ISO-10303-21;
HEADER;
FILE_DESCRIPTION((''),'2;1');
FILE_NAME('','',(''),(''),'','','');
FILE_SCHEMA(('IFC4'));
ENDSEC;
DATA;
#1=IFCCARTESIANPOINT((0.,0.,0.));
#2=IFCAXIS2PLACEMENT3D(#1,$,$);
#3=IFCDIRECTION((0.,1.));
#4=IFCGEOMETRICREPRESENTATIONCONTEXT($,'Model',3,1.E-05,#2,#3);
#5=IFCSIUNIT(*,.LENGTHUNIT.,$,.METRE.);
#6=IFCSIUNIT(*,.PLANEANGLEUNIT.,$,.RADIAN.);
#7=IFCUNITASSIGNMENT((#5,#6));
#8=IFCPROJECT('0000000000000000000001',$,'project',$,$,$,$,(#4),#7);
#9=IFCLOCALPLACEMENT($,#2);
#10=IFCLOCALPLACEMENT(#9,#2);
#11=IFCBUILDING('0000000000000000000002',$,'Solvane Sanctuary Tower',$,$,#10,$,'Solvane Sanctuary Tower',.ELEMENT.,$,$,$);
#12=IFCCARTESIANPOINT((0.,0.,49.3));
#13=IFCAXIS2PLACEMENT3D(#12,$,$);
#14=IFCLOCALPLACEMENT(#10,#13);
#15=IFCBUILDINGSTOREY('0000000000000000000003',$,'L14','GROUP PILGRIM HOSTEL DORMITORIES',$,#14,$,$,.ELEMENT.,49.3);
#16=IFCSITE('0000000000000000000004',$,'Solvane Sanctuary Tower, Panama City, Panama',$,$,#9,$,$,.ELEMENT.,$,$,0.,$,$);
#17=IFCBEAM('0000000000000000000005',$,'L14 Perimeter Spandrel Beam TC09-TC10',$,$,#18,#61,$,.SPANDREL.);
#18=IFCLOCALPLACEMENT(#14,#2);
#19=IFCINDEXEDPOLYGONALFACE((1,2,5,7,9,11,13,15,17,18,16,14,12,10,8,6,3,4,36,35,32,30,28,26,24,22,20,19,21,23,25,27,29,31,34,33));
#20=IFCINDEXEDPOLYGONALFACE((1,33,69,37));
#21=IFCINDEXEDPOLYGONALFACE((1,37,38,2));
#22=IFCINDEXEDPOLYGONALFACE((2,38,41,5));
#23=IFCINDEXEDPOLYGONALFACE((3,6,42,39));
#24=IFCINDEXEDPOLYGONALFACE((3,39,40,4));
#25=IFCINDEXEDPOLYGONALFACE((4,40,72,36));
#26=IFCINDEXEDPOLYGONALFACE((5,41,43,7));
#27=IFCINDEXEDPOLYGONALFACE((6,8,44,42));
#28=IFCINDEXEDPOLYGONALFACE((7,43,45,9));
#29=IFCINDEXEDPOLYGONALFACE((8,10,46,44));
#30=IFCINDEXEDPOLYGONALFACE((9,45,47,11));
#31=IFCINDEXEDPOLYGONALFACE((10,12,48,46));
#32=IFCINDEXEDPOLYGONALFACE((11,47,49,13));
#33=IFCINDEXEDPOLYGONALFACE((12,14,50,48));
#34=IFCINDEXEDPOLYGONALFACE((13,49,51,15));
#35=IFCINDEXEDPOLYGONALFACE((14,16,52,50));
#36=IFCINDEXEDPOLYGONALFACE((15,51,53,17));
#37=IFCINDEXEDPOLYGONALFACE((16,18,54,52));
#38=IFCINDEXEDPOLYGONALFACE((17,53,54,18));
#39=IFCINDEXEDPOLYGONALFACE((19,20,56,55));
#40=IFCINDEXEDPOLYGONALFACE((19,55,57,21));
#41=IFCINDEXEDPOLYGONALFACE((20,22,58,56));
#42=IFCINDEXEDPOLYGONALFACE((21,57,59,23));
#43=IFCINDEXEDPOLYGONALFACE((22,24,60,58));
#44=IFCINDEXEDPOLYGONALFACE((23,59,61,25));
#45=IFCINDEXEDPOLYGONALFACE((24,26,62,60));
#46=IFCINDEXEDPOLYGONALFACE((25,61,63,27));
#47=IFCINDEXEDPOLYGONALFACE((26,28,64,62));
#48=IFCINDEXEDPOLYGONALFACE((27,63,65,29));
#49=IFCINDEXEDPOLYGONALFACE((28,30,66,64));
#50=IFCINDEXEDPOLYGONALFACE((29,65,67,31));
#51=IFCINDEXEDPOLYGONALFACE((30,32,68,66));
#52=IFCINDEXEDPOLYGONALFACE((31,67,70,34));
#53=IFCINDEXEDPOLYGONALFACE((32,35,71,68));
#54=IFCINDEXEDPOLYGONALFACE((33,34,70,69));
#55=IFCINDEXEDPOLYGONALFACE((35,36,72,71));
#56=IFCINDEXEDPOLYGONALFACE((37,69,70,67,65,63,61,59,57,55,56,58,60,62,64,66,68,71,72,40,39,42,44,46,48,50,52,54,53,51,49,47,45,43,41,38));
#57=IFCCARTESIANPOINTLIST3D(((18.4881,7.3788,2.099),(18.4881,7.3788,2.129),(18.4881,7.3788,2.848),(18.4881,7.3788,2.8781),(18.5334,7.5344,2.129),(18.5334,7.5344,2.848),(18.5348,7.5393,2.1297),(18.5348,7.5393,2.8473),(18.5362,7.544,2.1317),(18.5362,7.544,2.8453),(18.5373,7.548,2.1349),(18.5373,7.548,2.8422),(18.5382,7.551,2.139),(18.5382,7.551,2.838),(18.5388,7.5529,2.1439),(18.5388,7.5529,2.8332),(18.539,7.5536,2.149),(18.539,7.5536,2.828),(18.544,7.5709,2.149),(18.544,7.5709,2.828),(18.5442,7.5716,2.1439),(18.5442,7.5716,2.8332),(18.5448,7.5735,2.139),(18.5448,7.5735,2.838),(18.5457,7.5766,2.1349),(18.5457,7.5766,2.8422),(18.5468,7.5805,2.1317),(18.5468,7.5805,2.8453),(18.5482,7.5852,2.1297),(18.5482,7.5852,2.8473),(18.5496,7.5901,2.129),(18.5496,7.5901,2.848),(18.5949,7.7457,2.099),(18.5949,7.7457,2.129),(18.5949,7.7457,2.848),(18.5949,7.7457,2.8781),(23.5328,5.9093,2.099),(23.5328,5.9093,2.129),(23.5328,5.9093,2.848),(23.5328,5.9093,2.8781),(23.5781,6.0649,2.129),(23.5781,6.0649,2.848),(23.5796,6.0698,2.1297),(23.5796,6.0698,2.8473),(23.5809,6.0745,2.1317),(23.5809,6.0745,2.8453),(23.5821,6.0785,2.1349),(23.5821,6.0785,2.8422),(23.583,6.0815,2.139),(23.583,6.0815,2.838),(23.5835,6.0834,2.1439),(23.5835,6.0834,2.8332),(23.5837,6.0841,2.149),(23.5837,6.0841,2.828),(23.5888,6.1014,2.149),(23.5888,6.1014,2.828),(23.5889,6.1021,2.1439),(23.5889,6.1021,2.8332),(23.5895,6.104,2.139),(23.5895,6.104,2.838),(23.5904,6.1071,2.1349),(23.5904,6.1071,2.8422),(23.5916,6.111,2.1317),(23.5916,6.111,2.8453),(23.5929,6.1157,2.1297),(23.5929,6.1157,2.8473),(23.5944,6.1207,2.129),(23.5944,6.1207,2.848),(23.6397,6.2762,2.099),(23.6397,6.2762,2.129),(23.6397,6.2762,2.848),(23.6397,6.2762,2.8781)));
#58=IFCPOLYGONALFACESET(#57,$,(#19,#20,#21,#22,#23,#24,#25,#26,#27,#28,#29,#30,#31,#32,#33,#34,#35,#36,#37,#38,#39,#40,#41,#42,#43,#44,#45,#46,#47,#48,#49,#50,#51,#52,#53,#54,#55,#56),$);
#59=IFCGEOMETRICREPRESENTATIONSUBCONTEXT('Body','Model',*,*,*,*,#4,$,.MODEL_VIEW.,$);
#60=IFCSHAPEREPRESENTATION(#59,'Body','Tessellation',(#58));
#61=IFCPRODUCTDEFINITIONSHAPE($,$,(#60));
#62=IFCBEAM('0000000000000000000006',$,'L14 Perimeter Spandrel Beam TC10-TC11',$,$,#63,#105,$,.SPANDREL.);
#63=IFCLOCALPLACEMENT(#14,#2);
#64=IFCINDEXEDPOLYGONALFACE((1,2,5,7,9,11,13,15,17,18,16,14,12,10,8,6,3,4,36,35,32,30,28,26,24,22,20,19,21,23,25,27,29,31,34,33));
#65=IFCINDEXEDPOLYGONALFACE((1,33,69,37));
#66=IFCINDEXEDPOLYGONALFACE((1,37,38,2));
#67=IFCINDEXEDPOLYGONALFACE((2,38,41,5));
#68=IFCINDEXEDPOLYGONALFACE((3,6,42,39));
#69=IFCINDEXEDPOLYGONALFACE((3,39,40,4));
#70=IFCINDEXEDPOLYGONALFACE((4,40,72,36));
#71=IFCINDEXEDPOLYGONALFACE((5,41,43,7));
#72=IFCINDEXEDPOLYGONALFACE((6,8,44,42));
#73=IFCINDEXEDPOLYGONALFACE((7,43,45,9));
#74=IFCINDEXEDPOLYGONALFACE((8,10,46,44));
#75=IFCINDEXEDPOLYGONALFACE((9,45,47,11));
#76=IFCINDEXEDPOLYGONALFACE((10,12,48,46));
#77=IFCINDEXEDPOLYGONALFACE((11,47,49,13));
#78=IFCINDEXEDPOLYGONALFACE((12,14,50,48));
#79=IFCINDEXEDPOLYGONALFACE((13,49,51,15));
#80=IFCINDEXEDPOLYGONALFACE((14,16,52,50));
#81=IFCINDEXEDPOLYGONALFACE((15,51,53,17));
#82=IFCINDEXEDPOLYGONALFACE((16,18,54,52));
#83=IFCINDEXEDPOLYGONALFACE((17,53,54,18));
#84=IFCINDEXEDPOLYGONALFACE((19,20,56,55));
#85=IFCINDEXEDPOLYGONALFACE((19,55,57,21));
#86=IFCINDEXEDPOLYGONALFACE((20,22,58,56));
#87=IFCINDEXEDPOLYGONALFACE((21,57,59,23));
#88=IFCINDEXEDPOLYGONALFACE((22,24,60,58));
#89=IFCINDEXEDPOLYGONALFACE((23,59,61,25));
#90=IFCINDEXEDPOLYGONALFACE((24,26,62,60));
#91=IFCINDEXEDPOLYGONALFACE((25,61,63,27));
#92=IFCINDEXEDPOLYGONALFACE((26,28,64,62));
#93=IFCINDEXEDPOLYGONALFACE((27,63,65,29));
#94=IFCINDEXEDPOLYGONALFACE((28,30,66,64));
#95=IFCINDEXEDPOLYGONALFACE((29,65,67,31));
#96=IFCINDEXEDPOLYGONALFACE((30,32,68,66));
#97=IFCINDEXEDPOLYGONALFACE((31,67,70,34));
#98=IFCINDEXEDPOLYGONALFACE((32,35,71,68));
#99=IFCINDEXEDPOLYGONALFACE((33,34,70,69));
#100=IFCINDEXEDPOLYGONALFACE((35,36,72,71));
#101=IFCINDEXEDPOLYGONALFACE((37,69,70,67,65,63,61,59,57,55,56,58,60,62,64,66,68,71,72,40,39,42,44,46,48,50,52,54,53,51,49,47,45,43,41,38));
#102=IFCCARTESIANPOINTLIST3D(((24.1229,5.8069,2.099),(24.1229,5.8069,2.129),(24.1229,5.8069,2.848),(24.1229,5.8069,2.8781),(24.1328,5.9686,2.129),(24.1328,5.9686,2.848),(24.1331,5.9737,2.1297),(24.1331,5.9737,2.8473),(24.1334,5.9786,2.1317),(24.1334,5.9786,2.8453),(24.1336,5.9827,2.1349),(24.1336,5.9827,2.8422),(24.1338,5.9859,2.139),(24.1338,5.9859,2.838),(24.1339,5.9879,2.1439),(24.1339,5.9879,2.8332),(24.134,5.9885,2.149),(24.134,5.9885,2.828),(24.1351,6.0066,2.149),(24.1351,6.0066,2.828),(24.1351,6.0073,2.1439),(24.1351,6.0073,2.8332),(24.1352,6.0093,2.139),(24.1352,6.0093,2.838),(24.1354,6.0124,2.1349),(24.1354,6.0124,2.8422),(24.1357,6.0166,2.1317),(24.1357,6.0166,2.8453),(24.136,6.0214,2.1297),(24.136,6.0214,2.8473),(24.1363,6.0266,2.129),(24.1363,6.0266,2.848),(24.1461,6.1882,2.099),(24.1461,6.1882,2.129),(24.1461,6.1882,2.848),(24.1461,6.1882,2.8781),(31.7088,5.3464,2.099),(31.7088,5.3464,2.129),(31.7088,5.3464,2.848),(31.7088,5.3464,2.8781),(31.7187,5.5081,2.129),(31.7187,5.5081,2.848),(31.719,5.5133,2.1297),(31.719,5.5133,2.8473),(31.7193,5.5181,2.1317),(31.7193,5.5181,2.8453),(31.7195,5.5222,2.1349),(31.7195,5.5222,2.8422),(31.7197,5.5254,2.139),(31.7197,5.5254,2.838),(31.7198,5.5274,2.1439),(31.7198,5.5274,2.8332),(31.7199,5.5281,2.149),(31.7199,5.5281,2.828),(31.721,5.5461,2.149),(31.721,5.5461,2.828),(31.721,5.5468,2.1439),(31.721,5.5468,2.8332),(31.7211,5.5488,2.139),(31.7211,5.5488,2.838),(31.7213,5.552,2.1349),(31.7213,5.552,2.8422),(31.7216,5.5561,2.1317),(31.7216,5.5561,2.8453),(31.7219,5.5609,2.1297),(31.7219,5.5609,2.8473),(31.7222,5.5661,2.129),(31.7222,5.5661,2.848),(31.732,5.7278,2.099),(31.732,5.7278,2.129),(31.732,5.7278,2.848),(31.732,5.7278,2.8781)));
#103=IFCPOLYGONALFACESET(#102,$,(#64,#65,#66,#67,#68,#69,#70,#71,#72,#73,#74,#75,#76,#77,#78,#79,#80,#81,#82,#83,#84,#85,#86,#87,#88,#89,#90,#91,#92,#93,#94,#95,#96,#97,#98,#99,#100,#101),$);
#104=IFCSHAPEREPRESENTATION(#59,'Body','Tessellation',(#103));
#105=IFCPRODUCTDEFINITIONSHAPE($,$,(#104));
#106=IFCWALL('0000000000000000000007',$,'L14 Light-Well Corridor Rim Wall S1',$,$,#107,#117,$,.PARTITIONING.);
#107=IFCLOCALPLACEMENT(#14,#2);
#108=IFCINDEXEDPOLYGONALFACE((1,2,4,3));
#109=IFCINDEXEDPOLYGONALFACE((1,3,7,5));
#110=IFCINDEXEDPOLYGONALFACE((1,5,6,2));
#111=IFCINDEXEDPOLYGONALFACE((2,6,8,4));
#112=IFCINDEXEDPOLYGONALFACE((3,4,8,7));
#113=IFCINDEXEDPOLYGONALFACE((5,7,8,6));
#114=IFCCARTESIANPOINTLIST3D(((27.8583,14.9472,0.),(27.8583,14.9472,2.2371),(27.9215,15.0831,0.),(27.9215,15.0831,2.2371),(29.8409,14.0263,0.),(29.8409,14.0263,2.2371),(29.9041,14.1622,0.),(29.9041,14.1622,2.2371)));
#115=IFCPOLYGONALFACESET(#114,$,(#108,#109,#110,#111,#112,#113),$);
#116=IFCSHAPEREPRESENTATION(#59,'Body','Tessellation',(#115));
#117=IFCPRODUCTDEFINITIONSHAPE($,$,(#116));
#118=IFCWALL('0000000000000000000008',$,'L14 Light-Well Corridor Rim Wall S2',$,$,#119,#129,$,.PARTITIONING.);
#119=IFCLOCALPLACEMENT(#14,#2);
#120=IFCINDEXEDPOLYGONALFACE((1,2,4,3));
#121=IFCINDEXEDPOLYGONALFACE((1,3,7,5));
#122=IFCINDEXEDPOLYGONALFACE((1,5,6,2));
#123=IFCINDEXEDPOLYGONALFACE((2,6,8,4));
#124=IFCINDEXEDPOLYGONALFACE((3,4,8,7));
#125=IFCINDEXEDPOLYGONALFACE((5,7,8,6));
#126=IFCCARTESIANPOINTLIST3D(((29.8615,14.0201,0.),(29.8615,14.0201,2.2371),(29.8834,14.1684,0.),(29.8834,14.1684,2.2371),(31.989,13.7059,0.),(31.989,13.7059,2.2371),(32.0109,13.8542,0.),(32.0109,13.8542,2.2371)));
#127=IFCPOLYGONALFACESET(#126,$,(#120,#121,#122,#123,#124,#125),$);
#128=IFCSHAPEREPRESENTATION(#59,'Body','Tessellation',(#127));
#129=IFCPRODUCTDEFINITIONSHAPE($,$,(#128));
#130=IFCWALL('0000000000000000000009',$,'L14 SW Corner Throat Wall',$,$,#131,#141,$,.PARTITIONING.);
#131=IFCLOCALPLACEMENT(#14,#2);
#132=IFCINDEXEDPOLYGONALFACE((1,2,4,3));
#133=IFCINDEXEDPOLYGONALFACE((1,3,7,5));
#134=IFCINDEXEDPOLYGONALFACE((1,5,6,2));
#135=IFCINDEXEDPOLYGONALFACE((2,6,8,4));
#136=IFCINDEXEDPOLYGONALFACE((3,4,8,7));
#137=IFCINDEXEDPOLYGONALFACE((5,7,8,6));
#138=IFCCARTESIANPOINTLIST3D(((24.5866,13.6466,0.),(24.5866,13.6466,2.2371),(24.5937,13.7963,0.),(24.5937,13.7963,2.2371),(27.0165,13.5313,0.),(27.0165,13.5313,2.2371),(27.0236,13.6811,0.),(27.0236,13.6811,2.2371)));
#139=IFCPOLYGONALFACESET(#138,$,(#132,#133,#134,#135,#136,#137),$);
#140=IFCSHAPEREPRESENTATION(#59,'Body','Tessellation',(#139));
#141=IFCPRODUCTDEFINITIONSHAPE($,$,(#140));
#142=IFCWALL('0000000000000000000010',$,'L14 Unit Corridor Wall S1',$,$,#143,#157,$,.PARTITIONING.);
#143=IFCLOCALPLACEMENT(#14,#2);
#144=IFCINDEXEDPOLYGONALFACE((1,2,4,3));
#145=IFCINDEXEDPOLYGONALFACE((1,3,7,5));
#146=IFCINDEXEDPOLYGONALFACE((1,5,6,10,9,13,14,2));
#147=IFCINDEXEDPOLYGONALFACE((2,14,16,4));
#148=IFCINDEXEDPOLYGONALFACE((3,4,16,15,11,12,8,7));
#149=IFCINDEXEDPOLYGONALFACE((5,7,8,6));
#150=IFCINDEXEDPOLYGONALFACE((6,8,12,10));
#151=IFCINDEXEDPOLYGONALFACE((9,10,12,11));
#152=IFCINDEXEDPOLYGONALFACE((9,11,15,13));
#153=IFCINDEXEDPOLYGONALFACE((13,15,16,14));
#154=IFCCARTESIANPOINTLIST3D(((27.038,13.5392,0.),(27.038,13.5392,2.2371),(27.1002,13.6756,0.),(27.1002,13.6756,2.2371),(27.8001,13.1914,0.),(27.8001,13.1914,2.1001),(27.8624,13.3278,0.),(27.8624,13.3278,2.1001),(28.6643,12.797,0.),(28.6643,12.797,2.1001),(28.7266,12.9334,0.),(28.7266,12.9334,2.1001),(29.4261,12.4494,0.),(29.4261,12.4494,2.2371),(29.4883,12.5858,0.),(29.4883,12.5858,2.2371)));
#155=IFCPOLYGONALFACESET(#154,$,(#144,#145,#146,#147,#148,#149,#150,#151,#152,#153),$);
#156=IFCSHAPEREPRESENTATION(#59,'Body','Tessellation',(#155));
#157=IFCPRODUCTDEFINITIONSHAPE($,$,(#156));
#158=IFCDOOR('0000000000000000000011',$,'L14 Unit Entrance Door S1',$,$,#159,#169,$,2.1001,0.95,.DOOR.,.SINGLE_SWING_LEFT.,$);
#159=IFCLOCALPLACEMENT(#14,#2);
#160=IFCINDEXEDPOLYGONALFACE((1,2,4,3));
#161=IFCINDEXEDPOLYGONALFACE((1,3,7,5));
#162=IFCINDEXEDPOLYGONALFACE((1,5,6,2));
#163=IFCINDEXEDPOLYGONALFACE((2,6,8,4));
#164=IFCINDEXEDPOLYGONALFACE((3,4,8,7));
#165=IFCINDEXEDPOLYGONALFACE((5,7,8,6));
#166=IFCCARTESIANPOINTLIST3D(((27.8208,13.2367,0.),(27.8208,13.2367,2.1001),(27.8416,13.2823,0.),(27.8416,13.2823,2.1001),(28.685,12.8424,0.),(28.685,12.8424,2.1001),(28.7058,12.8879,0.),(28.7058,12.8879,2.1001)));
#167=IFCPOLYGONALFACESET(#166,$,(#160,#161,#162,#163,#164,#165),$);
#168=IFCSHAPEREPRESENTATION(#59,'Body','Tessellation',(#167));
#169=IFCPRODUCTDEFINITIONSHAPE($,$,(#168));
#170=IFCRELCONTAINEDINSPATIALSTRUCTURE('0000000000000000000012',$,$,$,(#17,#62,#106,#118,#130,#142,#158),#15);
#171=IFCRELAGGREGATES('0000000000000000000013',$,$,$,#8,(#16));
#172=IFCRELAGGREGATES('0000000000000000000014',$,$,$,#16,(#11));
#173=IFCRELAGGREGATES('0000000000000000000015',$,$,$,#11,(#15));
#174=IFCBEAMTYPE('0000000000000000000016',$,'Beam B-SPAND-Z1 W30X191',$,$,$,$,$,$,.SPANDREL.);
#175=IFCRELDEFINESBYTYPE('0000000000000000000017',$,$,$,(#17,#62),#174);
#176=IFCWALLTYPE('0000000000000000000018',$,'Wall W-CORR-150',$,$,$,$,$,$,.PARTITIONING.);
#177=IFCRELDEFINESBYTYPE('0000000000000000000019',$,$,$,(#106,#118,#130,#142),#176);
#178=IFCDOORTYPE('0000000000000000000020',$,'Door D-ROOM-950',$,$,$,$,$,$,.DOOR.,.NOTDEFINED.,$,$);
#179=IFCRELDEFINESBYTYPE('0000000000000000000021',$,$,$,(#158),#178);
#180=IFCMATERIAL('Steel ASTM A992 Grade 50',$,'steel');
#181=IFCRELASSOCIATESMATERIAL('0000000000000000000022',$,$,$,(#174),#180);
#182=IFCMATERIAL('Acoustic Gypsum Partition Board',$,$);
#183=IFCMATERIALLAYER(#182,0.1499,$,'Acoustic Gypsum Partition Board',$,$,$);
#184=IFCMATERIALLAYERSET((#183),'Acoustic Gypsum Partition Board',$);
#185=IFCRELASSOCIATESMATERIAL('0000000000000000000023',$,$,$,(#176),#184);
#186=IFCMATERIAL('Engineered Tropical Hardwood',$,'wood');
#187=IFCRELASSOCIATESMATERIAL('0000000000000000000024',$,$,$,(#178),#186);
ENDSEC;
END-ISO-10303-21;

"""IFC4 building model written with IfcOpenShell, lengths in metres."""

from ifc_helpers import new_model, si_unit, direction, frame, frame_2d, origin, origin_2d, place, context, subcontext, project, spatial, rectangle, i_section, extrude, material, layer, layer_set, material_profile, profile_set, type_object, element, fill, save


model = new_model("IFC4")

# Units and contexts
model_context = context("Model", 3, precision=1e-05, world=origin(), true_north=direction((0.0, 1.0)))
body_context = subcontext(model_context, "Body", "Model", "MODEL_VIEW")
ifc_project = project(units=[si_unit("LENGTHUNIT", "METRE"), si_unit("PLANEANGLEUNIT", "RADIAN")], contexts=[model_context])

# Site, building, storey
site_placement = place(None, origin())
site = spatial("IfcSite", under=ifc_project, at=site_placement, Name="Solvane Sanctuary Tower, Panama City, Panama", CompositionType="ELEMENT", RefElevation=0.0)
building_placement = place(site_placement, origin())
building = spatial("IfcBuilding", under=site, at=building_placement, Name="Solvane Sanctuary Tower", LongName="Solvane Sanctuary Tower", CompositionType="ELEMENT")
storey_placement = place(building_placement, frame((0.0, 0.0, 49.3)))
storey = spatial("IfcBuildingStorey", under=building, at=storey_placement, Name="L14", Description="GROUP PILGRIM HOSTEL DORMITORIES", CompositionType="ELEMENT", Elevation=49.3)

# Beams
ifc_material_1 = material(Name="Steel ASTM A992 Grade 50", Category="steel")
ifc_material_profile_1 = material_profile(ifc_material_1, i_section(OverallWidth=0.3821, OverallDepth=0.7791, WebThickness=0.0181, FlangeThickness=0.03, FilletRadius=0.02, at=origin_2d()), Name="W30X191")
ifc_profile_set_1 = profile_set([ifc_material_profile_1], Name="Steel ASTM A992 Grade 50")
beam_type_1 = type_object("IfcBeamType", Name="Beam B-SPAND-Z1 W30X191", PredefinedType="SPANDREL", material=ifc_profile_set_1)
beam_1_placement = place(storey_placement, frame((18.5415, 7.5623, 2.4885), z_axis=(0.960096, -0.27967, 0.0), x_axis=(0.27967, 0.960096, 0.0)))
element("IfcBeam", 1, at=beam_1_placement, inside=storey, type_object=beam_type_1, Name="L14 Perimeter Spandrel Beam TC09-TC10", PredefinedType="SPANDREL", context=body_context, shape_type="SweptSolid", body=[
    extrude(i_section(OverallWidth=0.3821, OverallDepth=0.7791, WebThickness=0.0181, FlangeThickness=0.03, FilletRadius=0.02, at=origin_2d()), origin(), (0.0, 0.0, 1.0), 5.2544),
])
beam_2_placement = place(storey_placement, frame((24.1345, 5.9976, 2.4885), z_axis=(0.998163, -0.060586, 0.0), x_axis=(0.060586, 0.998163, 0.0)))
element("IfcBeam", 2, at=beam_2_placement, inside=storey, type_object=beam_type_1, Name="L14 Perimeter Spandrel Beam TC10-TC11", PredefinedType="SPANDREL", context=body_context, shape_type="SweptSolid", body=[
    extrude(i_section(OverallWidth=0.3821, OverallDepth=0.7791, WebThickness=0.0181, FlangeThickness=0.03, FilletRadius=0.02, at=origin_2d()), origin(), (0.0, 0.0, 1.0), 7.5999),
])

# Walls
ifc_material_2 = material(Name="Acoustic Gypsum Partition Board")
ifc_layer_1 = layer(ifc_material_2, 0.1499, Name="Acoustic Gypsum Partition Board")
ifc_layer_set_1 = layer_set([ifc_layer_1], Name="Acoustic Gypsum Partition Board")
wall_type_1 = type_object("IfcWallType", Name="Wall W-CORR-150", PredefinedType="PARTITIONING", material=ifc_layer_set_1)
wall_1_placement = place(storey_placement, frame((27.8899, 15.0151, 0.0), z_axis=(0.0, 0.0, 1.0), x_axis=(0.906943, -0.421252, 0.0)))
element("IfcWall", 3, at=wall_1_placement, inside=storey, type_object=wall_type_1, Name="L14 Light-Well Corridor Rim Wall S1", PredefinedType="PARTITIONING", context=body_context, shape_type="SweptSolid", body=[
    extrude(rectangle(XDim=2.186, YDim=0.1499, at=frame_2d((1.093, 0.0))), origin(), (0.0, 0.0, 1.0), 2.2371),
])
wall_2_placement = place(storey_placement, frame((29.8726, 14.0942, 0.0), z_axis=(0.0, 0.0, 1.0), x_axis=(0.989269, -0.146108, 0.0)))
element("IfcWall", 4, at=wall_2_placement, inside=storey, type_object=wall_type_1, Name="L14 Light-Well Corridor Rim Wall S2", PredefinedType="PARTITIONING", context=body_context, shape_type="SweptSolid", body=[
    extrude(rectangle(XDim=2.1506, YDim=0.1499, at=frame_2d((1.0752, 0.0))), origin(), (0.0, 0.0, 1.0), 2.2371),
])
wall_3_placement = place(storey_placement, frame((27.02, 13.6062, 0.0), z_axis=(0.0, 0.0, 1.0), x_axis=(-0.998877, 0.04737, 0.0)))
element("IfcWall", 5, at=wall_3_placement, inside=storey, type_object=wall_type_1, Name="L14 SW Corner Throat Wall", PredefinedType="PARTITIONING", context=body_context, shape_type="SweptSolid", body=[
    extrude(rectangle(XDim=2.4326, YDim=0.1499, at=frame_2d((1.2163, 0.0))), origin(), (0.0, 0.0, 1.0), 2.2371),
])

# Wall, opening, door
wall_4_placement = place(storey_placement, frame((27.0691, 13.6074, 0.0), z_axis=(0.0, 0.0, 1.0), x_axis=(0.909748, -0.415162, 0.0)))
wall_4 = element("IfcWall", 6, at=wall_4_placement, inside=storey, type_object=wall_type_1, Name="L14 Unit Corridor Wall S1", PredefinedType="PARTITIONING", context=body_context, shape_type="SweptSolid", body=[
    extrude(rectangle(XDim=2.625, YDim=0.1499, at=frame_2d((1.3125, 0.0))), origin(), (0.0, 0.0, 1.0), 2.2371),
])
opening_1_placement = place(wall_4_placement, frame((0.8376, 0.0, 0.0)))
opening_1 = element("IfcOpeningElement", 7, at=opening_1_placement, cuts=wall_4, PredefinedType="OPENING", context=body_context, shape_type="SweptSolid", body=[
    extrude(rectangle(XDim=0.95, YDim=2.1001, at=frame_2d((0.4751, 1.05))), frame((0.0, 0.085, 0.0), z_axis=(0.0, -1.0, 0.0), x_axis=(1.0, 0.0, 0.0)), (0.0, 0.0, 1.0), 0.1699),
])
ifc_material_3 = material(Name="Engineered Tropical Hardwood", Category="wood")
door_type_1 = type_object("IfcDoorType", Name="Door D-ROOM-950", OperationType="NOTDEFINED", PredefinedType="DOOR", material=ifc_material_3)
door_1_placement = place(opening_1_placement, origin())
door_1 = element("IfcDoor", 8, at=door_1_placement, inside=storey, type_object=door_type_1, Name="L14 Unit Entrance Door S1", OperationType="SINGLE_SWING_LEFT", OverallHeight=2.1001, OverallWidth=0.95, PredefinedType="DOOR", context=body_context, shape_type="SweptSolid", body=[
    extrude(rectangle(XDim=0.95, YDim=2.1001, at=frame_2d((0.4751, 1.05))), frame((0.0, 0.0249, 0.0), z_axis=(0.0, -1.0, 0.0), x_axis=(1.0, 0.0, 0.0)), (0.0, 0.0, 1.0), 0.05),
])
fill(opening_1, door_1)

save(model, "model.ifc")
